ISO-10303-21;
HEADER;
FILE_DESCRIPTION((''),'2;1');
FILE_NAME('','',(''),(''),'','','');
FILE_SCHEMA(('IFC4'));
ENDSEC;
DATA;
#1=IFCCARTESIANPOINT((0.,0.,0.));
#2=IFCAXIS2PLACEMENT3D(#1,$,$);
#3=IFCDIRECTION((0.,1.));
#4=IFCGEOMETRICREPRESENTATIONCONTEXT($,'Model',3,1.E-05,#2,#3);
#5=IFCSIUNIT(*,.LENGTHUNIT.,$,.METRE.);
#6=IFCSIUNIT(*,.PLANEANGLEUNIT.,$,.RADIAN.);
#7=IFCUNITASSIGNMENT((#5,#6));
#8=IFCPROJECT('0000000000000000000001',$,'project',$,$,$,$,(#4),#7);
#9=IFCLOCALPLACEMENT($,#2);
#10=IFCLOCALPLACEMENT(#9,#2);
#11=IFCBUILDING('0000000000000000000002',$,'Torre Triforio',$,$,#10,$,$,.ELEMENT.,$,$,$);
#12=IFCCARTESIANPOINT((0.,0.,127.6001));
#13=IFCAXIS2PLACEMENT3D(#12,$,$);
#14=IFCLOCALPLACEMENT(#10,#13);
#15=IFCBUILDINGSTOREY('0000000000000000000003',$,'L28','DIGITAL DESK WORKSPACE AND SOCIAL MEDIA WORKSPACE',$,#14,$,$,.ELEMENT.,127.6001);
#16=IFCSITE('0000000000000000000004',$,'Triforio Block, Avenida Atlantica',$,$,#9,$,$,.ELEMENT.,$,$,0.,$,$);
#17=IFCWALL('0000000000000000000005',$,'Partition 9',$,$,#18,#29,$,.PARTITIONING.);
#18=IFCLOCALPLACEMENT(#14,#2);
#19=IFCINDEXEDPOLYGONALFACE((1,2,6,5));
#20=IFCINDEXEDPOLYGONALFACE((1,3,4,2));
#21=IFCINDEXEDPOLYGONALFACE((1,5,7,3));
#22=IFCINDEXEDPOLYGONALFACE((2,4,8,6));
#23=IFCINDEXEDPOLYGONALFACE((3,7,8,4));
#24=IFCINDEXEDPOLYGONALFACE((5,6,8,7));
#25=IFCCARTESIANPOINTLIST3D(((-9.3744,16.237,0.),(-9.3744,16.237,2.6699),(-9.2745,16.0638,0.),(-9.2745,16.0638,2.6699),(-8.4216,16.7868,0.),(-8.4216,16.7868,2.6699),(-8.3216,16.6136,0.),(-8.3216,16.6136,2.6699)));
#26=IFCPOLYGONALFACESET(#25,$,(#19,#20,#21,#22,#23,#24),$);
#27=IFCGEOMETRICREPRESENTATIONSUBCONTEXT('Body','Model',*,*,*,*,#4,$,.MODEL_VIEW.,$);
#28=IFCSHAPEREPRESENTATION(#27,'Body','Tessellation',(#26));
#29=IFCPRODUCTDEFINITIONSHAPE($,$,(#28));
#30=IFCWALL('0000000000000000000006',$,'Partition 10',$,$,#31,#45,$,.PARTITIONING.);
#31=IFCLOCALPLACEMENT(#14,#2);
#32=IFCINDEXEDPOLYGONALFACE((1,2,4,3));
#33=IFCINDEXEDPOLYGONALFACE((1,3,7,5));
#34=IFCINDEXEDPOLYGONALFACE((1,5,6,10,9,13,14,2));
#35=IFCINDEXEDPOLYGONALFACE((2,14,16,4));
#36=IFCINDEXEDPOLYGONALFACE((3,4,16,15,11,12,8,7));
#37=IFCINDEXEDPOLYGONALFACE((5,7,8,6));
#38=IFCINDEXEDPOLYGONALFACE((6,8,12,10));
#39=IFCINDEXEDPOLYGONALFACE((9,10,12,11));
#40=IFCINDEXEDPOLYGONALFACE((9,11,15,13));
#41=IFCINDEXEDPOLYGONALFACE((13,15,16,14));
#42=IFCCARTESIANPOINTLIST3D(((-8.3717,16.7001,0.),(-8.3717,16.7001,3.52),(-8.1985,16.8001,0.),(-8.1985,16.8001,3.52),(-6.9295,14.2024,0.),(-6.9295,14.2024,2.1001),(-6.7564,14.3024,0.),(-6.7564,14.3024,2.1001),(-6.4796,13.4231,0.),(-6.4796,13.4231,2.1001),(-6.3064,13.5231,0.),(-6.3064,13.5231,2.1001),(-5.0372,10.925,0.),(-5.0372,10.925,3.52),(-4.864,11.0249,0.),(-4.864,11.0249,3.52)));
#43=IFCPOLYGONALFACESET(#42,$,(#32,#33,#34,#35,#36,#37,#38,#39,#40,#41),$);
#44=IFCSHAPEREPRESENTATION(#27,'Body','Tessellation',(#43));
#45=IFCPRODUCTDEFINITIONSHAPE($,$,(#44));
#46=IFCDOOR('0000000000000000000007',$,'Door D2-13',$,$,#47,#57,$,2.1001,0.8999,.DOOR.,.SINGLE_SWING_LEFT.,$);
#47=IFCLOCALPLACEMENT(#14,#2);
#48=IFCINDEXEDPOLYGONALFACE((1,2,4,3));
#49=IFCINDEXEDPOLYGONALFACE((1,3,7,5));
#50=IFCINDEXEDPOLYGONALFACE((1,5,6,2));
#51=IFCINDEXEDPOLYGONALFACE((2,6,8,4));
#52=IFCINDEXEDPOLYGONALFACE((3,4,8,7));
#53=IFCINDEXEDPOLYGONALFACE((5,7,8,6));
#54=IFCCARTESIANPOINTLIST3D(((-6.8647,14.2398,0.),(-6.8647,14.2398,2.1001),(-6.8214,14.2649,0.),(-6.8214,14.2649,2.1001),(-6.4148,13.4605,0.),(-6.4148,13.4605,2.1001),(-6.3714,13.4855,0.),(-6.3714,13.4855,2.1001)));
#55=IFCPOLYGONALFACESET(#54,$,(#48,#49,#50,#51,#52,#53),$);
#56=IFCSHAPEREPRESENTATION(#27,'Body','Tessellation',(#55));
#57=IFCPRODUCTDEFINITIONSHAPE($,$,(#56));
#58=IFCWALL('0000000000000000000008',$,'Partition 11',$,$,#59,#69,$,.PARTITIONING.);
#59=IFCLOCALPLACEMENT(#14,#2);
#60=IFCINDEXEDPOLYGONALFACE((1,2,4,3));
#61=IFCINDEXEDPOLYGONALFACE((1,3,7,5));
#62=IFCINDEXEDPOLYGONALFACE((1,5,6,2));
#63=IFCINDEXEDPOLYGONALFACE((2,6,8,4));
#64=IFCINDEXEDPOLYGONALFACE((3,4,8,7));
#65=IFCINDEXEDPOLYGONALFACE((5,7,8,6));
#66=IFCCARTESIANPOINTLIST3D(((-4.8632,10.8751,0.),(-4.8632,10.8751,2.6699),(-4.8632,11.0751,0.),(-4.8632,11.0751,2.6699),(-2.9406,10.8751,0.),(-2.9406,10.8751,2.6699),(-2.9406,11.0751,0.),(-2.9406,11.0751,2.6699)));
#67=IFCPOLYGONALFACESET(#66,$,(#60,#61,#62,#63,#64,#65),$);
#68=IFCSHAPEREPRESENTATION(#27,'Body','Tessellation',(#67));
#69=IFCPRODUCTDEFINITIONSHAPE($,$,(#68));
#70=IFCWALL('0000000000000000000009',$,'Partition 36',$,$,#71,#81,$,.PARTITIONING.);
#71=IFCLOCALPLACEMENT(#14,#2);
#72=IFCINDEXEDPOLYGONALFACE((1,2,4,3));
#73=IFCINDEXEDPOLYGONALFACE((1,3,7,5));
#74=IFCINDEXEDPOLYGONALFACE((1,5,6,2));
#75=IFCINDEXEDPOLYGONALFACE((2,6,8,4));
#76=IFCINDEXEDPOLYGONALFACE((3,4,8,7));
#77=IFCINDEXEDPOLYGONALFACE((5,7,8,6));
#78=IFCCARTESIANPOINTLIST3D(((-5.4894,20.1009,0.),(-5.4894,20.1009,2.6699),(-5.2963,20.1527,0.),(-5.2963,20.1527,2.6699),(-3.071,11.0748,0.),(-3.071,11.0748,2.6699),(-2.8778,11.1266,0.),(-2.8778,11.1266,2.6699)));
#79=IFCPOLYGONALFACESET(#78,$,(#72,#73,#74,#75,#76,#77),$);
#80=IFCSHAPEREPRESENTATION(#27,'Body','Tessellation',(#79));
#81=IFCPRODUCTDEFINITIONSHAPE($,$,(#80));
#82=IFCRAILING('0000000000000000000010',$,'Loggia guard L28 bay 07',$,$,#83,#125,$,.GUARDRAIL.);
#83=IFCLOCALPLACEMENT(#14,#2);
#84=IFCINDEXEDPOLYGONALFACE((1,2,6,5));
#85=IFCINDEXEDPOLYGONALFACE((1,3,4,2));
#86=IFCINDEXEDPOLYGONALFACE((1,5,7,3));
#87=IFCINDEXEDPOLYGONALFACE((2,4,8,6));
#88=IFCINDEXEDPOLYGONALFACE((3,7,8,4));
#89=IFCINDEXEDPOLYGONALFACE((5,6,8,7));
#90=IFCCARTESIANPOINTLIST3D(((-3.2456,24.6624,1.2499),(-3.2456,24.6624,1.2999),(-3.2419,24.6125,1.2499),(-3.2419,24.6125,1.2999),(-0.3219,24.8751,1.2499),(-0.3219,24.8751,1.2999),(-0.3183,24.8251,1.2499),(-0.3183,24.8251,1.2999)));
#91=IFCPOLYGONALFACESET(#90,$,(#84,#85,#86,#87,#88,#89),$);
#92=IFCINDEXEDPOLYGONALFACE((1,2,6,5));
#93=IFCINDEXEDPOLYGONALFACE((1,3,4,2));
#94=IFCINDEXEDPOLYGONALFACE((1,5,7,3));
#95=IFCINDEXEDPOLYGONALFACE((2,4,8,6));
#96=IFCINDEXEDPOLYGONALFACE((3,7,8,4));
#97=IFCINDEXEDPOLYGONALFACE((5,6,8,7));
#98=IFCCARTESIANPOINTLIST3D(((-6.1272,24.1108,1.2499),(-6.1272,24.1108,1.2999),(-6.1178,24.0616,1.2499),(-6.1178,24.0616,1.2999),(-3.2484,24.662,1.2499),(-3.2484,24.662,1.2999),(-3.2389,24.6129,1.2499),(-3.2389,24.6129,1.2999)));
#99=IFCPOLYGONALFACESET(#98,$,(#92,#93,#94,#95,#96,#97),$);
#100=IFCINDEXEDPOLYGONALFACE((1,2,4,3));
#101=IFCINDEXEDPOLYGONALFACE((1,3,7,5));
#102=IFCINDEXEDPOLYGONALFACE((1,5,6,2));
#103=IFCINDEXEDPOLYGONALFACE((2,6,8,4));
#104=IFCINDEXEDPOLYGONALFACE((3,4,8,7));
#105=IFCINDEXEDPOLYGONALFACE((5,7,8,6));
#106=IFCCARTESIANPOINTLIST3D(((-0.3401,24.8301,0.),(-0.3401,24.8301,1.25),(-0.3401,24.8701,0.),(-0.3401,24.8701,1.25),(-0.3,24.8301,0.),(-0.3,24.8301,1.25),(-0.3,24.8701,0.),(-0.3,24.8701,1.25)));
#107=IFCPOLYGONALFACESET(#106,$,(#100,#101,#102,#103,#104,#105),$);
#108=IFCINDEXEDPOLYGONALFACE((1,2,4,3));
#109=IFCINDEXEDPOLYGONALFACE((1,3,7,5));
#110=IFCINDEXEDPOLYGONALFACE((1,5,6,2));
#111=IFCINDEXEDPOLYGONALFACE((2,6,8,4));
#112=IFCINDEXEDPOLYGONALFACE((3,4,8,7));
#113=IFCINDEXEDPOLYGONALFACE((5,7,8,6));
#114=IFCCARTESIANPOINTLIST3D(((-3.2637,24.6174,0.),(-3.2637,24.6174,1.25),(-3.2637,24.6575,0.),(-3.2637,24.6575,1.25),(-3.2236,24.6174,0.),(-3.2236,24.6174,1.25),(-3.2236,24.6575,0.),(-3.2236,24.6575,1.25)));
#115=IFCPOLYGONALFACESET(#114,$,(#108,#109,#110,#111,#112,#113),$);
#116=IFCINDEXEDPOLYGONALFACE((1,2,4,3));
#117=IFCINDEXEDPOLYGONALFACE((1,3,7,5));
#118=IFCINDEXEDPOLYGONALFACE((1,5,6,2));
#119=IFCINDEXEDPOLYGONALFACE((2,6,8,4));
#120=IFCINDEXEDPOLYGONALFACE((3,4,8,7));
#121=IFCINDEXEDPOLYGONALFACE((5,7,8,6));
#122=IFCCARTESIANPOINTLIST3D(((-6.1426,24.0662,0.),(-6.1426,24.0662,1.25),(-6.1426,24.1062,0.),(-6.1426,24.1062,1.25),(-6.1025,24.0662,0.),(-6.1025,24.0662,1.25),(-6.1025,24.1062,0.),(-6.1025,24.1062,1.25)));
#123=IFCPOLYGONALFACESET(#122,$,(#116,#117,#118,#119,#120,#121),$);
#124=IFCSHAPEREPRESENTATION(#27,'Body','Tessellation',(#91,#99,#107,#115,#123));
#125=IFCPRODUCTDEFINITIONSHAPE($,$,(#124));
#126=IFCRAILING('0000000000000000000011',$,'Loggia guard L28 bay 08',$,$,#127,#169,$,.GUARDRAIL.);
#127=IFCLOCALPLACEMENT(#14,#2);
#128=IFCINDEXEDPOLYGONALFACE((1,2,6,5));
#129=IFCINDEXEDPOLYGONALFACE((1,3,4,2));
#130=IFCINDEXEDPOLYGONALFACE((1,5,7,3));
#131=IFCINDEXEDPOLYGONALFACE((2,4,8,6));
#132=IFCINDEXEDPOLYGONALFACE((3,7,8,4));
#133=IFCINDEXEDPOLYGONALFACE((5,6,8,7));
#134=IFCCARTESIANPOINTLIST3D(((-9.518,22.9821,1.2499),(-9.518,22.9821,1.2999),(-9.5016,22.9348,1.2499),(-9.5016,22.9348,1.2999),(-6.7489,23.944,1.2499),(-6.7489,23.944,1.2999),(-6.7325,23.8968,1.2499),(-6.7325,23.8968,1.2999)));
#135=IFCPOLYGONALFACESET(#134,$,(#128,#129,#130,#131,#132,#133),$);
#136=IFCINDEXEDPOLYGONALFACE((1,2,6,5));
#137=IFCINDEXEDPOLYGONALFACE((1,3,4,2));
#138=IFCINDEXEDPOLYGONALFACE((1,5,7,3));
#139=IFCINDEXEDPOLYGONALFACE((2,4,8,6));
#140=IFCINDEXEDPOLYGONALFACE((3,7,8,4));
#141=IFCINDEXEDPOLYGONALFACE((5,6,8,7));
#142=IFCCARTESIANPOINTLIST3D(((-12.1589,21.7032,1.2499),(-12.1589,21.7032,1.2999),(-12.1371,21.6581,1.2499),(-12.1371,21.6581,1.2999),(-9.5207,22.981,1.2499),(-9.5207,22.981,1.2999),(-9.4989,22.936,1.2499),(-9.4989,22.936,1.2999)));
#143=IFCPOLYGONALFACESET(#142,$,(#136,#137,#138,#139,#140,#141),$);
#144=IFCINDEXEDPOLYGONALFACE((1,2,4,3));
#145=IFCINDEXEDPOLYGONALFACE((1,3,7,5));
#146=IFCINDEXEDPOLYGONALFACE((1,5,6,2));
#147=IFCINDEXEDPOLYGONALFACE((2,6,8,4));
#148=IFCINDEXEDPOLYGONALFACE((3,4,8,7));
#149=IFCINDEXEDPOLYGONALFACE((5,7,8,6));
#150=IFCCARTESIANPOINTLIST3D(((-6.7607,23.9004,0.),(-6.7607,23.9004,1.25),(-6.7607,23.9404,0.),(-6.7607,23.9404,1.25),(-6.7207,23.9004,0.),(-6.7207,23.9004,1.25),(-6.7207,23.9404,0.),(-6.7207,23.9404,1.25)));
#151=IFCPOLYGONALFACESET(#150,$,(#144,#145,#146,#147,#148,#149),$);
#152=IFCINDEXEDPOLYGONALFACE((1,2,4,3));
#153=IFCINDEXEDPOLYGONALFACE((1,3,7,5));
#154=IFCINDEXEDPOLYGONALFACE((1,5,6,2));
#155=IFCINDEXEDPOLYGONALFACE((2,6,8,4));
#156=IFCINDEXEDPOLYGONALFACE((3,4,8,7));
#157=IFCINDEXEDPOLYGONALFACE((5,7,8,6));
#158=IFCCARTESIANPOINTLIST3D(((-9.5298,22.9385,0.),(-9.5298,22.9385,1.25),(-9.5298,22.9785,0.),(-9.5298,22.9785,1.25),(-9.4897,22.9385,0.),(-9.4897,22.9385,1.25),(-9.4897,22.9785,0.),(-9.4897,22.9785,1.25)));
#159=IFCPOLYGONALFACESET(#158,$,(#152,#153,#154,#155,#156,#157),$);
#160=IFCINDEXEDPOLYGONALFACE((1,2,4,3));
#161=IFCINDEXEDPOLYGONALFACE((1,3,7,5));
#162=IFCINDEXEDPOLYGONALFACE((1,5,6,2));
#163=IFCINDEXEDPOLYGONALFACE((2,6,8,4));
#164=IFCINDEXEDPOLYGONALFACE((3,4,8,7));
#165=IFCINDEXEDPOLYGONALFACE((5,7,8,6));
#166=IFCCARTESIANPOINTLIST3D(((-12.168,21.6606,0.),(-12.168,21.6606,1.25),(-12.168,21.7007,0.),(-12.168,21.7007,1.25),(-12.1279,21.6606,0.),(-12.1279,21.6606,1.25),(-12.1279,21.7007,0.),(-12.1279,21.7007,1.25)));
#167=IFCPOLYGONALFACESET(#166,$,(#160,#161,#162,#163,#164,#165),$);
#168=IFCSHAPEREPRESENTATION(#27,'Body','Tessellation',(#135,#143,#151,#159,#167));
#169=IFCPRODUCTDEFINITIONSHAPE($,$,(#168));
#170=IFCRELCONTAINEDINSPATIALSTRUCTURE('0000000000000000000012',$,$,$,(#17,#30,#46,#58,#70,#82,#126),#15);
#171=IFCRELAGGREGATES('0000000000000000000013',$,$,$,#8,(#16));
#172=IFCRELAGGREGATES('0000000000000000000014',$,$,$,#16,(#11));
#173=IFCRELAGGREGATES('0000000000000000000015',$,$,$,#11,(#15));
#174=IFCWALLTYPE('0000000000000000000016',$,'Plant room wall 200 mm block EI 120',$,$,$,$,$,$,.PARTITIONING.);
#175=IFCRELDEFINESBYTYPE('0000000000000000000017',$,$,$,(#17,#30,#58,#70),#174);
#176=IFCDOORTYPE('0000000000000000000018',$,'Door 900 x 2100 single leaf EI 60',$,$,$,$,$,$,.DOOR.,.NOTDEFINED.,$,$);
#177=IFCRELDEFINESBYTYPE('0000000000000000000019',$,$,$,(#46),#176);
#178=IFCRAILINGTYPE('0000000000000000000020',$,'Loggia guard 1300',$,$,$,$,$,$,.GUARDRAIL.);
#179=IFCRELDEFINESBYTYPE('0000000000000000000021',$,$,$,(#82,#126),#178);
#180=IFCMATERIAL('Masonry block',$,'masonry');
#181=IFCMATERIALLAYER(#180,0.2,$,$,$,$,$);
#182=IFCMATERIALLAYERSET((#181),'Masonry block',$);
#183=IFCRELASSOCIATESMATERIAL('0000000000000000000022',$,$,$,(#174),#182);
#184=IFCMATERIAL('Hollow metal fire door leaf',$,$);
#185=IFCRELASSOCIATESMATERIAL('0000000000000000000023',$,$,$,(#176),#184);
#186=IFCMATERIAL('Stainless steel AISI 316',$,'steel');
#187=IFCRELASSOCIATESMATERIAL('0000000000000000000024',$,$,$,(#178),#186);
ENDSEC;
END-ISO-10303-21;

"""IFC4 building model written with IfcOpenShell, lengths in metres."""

from ifc_helpers import new_model, si_unit, direction, frame, frame_2d, origin, origin_2d, place, context, subcontext, project, spatial, rectangle, extrude, material, layer, layer_set, type_object, element, fill, save


model = new_model("IFC4")

# Units and contexts
model_context = context("Model", 3, precision=1e-05, world=origin(), true_north=direction((0.0, 1.0)))
body_context = subcontext(model_context, "Body", "Model", "MODEL_VIEW")
ifc_project = project(units=[si_unit("LENGTHUNIT", "METRE"), si_unit("PLANEANGLEUNIT", "RADIAN")], contexts=[model_context])

# Site, building, storey
site_placement = place(None, origin())
site = spatial("IfcSite", under=ifc_project, at=site_placement, Name="Triforio Block, Avenida Atlantica", CompositionType="ELEMENT", RefElevation=0.0)
building_placement = place(site_placement, origin())
building = spatial("IfcBuilding", under=site, at=building_placement, Name="Torre Triforio", CompositionType="ELEMENT")
storey_placement = place(building_placement, frame((0.0, 0.0, 127.6001)))
storey = spatial("IfcBuildingStorey", under=building, at=storey_placement, Name="L28", Description="DIGITAL DESK WORKSPACE AND SOCIAL MEDIA WORKSPACE", CompositionType="ELEMENT", Elevation=127.6001)

# Shared definitions
ifc_material_1 = material(Name="Hollow metal fire door leaf")

# Wall
ifc_material_2 = material(Name="Masonry block", Category="masonry")
ifc_layer_1 = layer(ifc_material_2, 0.2)
ifc_layer_set_1 = layer_set([ifc_layer_1], Name="Masonry block")
wall_type_1 = type_object("IfcWallType", Name="Plant room wall 200 mm block EI 120", PredefinedType="PARTITIONING", material=ifc_layer_set_1)
wall_1_placement = place(storey_placement, frame((-9.3245, 16.1504, 0.0), z_axis=(0.0, 0.0, 1.0), x_axis=(0.86616, 0.499767, 0.0)))
element("IfcWall", 1, at=wall_1_placement, inside=storey, type_object=wall_type_1, Name="Partition 9", PredefinedType="PARTITIONING", context=body_context, shape_type="SweptSolid", body=[
    extrude(rectangle(XDim=1.1001, YDim=0.2, at=frame_2d((0.55, 0.0))), origin(), (0.0, 0.0, 1.0), 2.6699),
])

# Wall, opening, door
wall_2_placement = place(storey_placement, frame((-8.2852, 16.7502, 0.0), z_axis=(0.0, 0.0, 1.0), x_axis=(0.500021, -0.866013, 0.0)))
wall_2 = element("IfcWall", 2, at=wall_2_placement, inside=storey, type_object=wall_type_1, Name="Partition 10", PredefinedType="PARTITIONING", context=body_context, shape_type="SweptSolid", body=[
    extrude(rectangle(XDim=6.6687, YDim=0.2, at=frame_2d((3.3345, 0.0))), origin(), (0.0, 0.0, 1.0), 3.52),
])
opening_1_placement = place(wall_2_placement, frame((2.8843, 0.0, 0.0)))
opening_1 = element("IfcOpeningElement", 3, at=opening_1_placement, cuts=wall_2, PredefinedType="OPENING", context=body_context, shape_type="SweptSolid", body=[
    extrude(rectangle(XDim=0.8999, YDim=2.1001, at=frame_2d((0.45, 1.05))), frame((0.0, 0.1099, 0.0), z_axis=(0.0, -1.0, 0.0), x_axis=(1.0, 0.0, 0.0)), (0.0, 0.0, 1.0), 0.22),
])
door_type_1 = type_object("IfcDoorType", Name="Door 900 x 2100 single leaf EI 60", OperationType="NOTDEFINED", PredefinedType="DOOR", material=ifc_material_1)
door_1_placement = place(opening_1_placement, origin())
door_1 = element("IfcDoor", 4, at=door_1_placement, inside=storey, type_object=door_type_1, Name="Door D2-13", OperationType="SINGLE_SWING_LEFT", OverallHeight=2.1001, OverallWidth=0.8999, PredefinedType="DOOR", context=body_context, shape_type="SweptSolid", body=[
    extrude(rectangle(XDim=0.8999, YDim=2.1001, at=frame_2d((0.45, 1.05))), frame((0.0, 0.0249, 0.0), z_axis=(0.0, -1.0, 0.0), x_axis=(1.0, 0.0, 0.0)), (0.0, 0.0, 1.0), 0.05),
])
fill(opening_1, door_1)

# Walls
wall_3_placement = place(storey_placement, frame((-4.8633, 10.9751, 0.0), z_axis=(0.0, 0.0, 1.0), x_axis=(1.0, 0.0, 0.0)))
element("IfcWall", 5, at=wall_3_placement, inside=storey, type_object=wall_type_1, Name="Partition 11", PredefinedType="PARTITIONING", context=body_context, shape_type="SweptSolid", body=[
    extrude(rectangle(XDim=1.9226, YDim=0.2, at=frame_2d((0.9614, 0.0))), origin(), (0.0, 0.0, 1.0), 2.6699),
])
wall_4_placement = place(storey_placement, frame((-2.9744, 11.1006, 0.0), z_axis=(0.0, 0.0, 1.0), x_axis=(-0.258811, 0.965928, 0.0)))
element("IfcWall", 6, at=wall_4_placement, inside=storey, type_object=wall_type_1, Name="Partition 36", PredefinedType="PARTITIONING", context=body_context, shape_type="SweptSolid", body=[
    extrude(rectangle(XDim=9.3445, YDim=0.2, at=frame_2d((4.6724, 0.0))), origin(), (0.0, 0.0, 1.0), 2.6699),
])

# Railings
ifc_material_3 = material(Name="Stainless steel AISI 316", Category="steel")
railing_type = type_object("IfcRailingType", Name="Loggia guard 1300", PredefinedType="GUARDRAIL", material=ifc_material_3)
railing_1_placement = place(storey_placement, frame((-0.3201, 24.8501, 0.0)))
element("IfcRailing", 7, at=railing_1_placement, inside=storey, type_object=railing_type, Name="Loggia guard L28 bay 07", PredefinedType="GUARDRAIL", context=body_context, shape_type="SweptSolid", body=[
    extrude(rectangle(XDim=0.05, YDim=0.05, at=origin_2d()), frame((0.0, 0.0, 1.2749), z_axis=(-0.997365, -0.072543, 0.0), x_axis=(0.072543, -0.997365, 0.0)), (0.0, 0.0, 1.0), 2.9314),
    extrude(rectangle(XDim=0.05, YDim=0.05, at=origin_2d()), frame((-2.9236, -0.2126, 1.2749), z_axis=(-0.982156, -0.188069, 0.0), x_axis=(0.188069, -0.982156, 0.0)), (0.0, 0.0, 1.0), 2.9312),
    extrude(rectangle(XDim=0.04, YDim=0.04, at=origin_2d()), origin(), (0.0, 0.0, 1.0), 1.25),
    extrude(rectangle(XDim=0.04, YDim=0.04, at=origin_2d()), frame((-2.9236, -0.2126, 0.0)), (0.0, 0.0, 1.0), 1.25),
    extrude(rectangle(XDim=0.04, YDim=0.04, at=origin_2d()), frame((-5.8025, -0.7639, 0.0)), (0.0, 0.0, 1.0), 1.25),
])
railing_2_placement = place(storey_placement, frame((-6.7407, 23.9204, 0.0)))
element("IfcRailing", 8, at=railing_2_placement, inside=storey, type_object=railing_type, Name="Loggia guard L28 bay 08", PredefinedType="GUARDRAIL", context=body_context, shape_type="SweptSolid", body=[
    extrude(rectangle(XDim=0.05, YDim=0.05, at=origin_2d()), frame((0.0, 0.0, 1.2749), z_axis=(-0.944627, -0.328146, 0.0), x_axis=(0.328146, -0.944627, 0.0)), (0.0, 0.0, 1.0), 2.9314),
    extrude(rectangle(XDim=0.05, YDim=0.05, at=origin_2d()), frame((-2.769, -0.9619, 1.2749), z_axis=(-0.899986, -0.435918, 0.0), x_axis=(0.435918, -0.899986, 0.0)), (0.0, 0.0, 1.0), 2.9314),
    extrude(rectangle(XDim=0.04, YDim=0.04, at=origin_2d()), origin(), (0.0, 0.0, 1.0), 1.25),
    extrude(rectangle(XDim=0.04, YDim=0.04, at=origin_2d()), frame((-2.769, -0.9619, 0.0)), (0.0, 0.0, 1.0), 1.25),
    extrude(rectangle(XDim=0.04, YDim=0.04, at=origin_2d()), frame((-5.4072, -2.2397, 0.0)), (0.0, 0.0, 1.0), 1.25),
])

save(model, "model.ifc")
